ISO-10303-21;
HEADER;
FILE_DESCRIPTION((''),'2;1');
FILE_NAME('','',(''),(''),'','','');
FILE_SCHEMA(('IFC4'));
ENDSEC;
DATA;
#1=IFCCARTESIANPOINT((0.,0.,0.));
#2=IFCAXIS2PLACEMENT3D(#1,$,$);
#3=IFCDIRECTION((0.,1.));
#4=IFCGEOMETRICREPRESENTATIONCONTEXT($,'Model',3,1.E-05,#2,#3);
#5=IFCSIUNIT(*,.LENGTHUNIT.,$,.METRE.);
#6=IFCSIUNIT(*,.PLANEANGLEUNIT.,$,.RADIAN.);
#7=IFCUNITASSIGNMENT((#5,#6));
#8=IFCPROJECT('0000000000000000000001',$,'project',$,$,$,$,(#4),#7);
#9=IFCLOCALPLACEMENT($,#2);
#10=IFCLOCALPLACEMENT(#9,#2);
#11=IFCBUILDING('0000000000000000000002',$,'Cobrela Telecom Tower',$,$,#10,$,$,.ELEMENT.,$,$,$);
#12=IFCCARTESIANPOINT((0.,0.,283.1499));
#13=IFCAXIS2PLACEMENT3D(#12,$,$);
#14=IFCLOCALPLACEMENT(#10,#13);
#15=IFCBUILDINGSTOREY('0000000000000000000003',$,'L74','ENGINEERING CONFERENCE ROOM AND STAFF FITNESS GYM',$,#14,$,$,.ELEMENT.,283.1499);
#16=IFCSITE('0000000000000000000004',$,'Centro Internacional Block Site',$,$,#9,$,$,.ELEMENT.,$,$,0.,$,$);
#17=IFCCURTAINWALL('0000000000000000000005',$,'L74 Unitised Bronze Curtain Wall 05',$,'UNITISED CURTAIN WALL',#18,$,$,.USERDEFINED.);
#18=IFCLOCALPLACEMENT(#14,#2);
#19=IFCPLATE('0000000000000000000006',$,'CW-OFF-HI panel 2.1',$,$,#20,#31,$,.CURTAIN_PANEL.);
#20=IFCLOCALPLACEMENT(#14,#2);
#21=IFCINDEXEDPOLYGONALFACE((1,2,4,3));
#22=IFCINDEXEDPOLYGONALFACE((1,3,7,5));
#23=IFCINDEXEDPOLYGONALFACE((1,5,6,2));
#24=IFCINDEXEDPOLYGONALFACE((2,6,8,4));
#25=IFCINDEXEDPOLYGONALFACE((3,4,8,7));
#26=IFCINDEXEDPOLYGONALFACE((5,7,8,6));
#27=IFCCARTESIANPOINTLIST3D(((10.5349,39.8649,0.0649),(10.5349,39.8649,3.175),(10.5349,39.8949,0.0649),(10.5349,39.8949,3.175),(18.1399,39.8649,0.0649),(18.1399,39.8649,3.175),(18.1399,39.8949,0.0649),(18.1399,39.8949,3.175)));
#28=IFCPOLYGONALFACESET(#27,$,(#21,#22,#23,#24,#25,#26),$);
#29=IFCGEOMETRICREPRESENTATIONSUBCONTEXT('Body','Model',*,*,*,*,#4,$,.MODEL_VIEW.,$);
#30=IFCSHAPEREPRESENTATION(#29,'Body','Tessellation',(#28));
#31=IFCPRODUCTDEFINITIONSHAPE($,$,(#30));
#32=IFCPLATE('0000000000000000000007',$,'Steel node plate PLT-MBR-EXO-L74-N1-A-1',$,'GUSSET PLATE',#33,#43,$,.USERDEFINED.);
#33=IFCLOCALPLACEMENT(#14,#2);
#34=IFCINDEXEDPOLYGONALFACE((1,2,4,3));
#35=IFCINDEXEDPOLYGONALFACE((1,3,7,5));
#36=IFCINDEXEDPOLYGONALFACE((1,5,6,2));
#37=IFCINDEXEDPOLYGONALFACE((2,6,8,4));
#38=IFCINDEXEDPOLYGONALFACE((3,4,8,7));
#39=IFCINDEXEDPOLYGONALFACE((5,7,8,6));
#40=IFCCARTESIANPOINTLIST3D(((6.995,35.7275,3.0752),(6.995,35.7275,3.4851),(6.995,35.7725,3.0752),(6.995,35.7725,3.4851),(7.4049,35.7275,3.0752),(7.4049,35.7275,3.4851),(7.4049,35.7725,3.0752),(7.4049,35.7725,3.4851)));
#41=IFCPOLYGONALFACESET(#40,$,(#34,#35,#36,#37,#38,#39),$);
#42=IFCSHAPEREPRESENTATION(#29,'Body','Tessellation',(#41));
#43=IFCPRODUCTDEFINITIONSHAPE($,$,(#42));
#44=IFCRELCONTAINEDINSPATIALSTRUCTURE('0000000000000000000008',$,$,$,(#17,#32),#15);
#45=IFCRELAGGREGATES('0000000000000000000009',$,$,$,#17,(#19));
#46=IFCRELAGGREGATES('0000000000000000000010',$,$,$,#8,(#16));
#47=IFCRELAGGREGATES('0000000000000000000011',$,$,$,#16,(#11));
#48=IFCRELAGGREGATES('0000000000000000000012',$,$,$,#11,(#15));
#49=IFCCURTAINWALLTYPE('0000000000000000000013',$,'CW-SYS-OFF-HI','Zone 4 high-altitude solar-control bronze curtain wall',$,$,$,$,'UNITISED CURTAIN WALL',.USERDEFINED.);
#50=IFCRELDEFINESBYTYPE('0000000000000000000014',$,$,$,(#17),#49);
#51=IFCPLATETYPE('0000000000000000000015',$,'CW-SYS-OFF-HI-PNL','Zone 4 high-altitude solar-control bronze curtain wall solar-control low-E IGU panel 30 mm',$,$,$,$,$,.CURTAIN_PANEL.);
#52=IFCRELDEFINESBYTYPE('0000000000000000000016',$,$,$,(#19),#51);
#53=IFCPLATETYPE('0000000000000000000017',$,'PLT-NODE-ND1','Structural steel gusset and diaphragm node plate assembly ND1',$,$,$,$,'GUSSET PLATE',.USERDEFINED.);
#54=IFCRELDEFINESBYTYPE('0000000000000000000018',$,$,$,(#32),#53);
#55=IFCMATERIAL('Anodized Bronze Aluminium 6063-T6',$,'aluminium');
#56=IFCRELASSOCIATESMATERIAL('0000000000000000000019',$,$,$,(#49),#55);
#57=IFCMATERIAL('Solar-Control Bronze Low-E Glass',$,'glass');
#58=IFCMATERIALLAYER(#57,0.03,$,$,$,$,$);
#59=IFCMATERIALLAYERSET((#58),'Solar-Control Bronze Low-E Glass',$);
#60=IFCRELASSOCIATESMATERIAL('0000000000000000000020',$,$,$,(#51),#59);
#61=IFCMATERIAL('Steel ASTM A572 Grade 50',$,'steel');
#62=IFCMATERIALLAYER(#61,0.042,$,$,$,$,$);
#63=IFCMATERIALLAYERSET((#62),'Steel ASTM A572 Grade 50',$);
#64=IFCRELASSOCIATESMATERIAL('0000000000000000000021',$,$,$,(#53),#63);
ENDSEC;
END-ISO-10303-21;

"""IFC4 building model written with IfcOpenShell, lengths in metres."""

from ifc_helpers import new_model, si_unit, direction, frame, origin, origin_2d, place, context, subcontext, project, spatial, rectangle, extrude, material, layer, layer_set, type_object, element, aggregate, save


model = new_model("IFC4")

# Units and contexts
model_context = context("Model", 3, precision=1e-05, world=origin(), true_north=direction((0.0, 1.0)))
body_context = subcontext(model_context, "Body", "Model", "MODEL_VIEW")
ifc_project = project(units=[si_unit("LENGTHUNIT", "METRE"), si_unit("PLANEANGLEUNIT", "RADIAN")], contexts=[model_context])

# Site, building, storey
site_placement = place(None, origin())
site = spatial("IfcSite", under=ifc_project, at=site_placement, Name="Centro Internacional Block Site", CompositionType="ELEMENT", RefElevation=0.0)
building_placement = place(site_placement, origin())
building = spatial("IfcBuilding", under=site, at=building_placement, Name="Cobrela Telecom Tower", CompositionType="ELEMENT")
storey_placement = place(building_placement, frame((0.0, 0.0, 283.1499)))
storey = spatial("IfcBuildingStorey", under=building, at=storey_placement, Name="L74", Description="ENGINEERING CONFERENCE ROOM AND STAFF FITNESS GYM", CompositionType="ELEMENT", Elevation=283.1499)

# Shared definitions
ifc_material_1 = material(Name="Steel ASTM A572 Grade 50", Category="steel")

# Curtain wall
ifc_material_2 = material(Name="Anodized Bronze Aluminium 6063-T6", Category="aluminium")
curtain_wall_type = type_object("IfcCurtainWallType", Name="CW-SYS-OFF-HI", Description="Zone 4 high-altitude solar-control bronze curtain wall", ElementType="UNITISED CURTAIN WALL", PredefinedType="USERDEFINED", material=ifc_material_2)
curtain_wall_placement = place(storey_placement, origin())
curtain_wall = element("IfcCurtainWall", 1, at=curtain_wall_placement, inside=storey, type_object=curtain_wall_type, Name="L74 Unitised Bronze Curtain Wall 05", ObjectType="UNITISED CURTAIN WALL", PredefinedType="USERDEFINED")

# Plates
ifc_material_3 = material(Name="Solar-Control Bronze Low-E Glass", Category="glass")
ifc_layer_1 = layer(ifc_material_3, 0.03)
ifc_layer_set_1 = layer_set([ifc_layer_1], Name="Solar-Control Bronze Low-E Glass")
plate_type_1 = type_object("IfcPlateType", Name="CW-SYS-OFF-HI-PNL", Description="Zone 4 high-altitude solar-control bronze curtain wall solar-control low-E IGU panel 30 mm", PredefinedType="CURTAIN_PANEL", material=ifc_layer_set_1)
plate_1_placement = place(storey_placement, frame((14.3374, 39.8799, 0.0649), z_axis=(0.0, 0.0, 1.0), x_axis=(1.0, 0.0, 0.0)))
plate_1 = element("IfcPlate", 2, at=plate_1_placement, type_object=plate_type_1, Name="CW-OFF-HI panel 2.1", PredefinedType="CURTAIN_PANEL", context=body_context, shape_type="SweptSolid", body=[
    extrude(rectangle(XDim=7.605, YDim=0.03, at=origin_2d()), origin(), (0.0, 0.0, 1.0), 3.1101),
])
aggregate(curtain_wall, [plate_1])
ifc_layer_2 = layer(ifc_material_1, 0.042)
ifc_layer_set_2 = layer_set([ifc_layer_2], Name="Steel ASTM A572 Grade 50")
plate_type_2 = type_object("IfcPlateType", Name="PLT-NODE-ND1", Description="Structural steel gusset and diaphragm node plate assembly ND1", ElementType="GUSSET PLATE", PredefinedType="USERDEFINED", material=ifc_layer_set_2)
plate_2_placement = place(storey_placement, frame((7.2, 35.75, 3.0752), z_axis=(0.0, 0.0, 1.0), x_axis=(1.0, 0.0, 0.0)))
element("IfcPlate", 3, at=plate_2_placement, inside=storey, type_object=plate_type_2, Name="Steel node plate PLT-MBR-EXO-L74-N1-A-1", ObjectType="GUSSET PLATE", PredefinedType="USERDEFINED", context=body_context, shape_type="SweptSolid", body=[
    extrude(rectangle(XDim=0.4099, YDim=0.0449, at=origin_2d()), origin(), (0.0, 0.0, 1.0), 0.4099),
])

save(model, "model.ifc")
